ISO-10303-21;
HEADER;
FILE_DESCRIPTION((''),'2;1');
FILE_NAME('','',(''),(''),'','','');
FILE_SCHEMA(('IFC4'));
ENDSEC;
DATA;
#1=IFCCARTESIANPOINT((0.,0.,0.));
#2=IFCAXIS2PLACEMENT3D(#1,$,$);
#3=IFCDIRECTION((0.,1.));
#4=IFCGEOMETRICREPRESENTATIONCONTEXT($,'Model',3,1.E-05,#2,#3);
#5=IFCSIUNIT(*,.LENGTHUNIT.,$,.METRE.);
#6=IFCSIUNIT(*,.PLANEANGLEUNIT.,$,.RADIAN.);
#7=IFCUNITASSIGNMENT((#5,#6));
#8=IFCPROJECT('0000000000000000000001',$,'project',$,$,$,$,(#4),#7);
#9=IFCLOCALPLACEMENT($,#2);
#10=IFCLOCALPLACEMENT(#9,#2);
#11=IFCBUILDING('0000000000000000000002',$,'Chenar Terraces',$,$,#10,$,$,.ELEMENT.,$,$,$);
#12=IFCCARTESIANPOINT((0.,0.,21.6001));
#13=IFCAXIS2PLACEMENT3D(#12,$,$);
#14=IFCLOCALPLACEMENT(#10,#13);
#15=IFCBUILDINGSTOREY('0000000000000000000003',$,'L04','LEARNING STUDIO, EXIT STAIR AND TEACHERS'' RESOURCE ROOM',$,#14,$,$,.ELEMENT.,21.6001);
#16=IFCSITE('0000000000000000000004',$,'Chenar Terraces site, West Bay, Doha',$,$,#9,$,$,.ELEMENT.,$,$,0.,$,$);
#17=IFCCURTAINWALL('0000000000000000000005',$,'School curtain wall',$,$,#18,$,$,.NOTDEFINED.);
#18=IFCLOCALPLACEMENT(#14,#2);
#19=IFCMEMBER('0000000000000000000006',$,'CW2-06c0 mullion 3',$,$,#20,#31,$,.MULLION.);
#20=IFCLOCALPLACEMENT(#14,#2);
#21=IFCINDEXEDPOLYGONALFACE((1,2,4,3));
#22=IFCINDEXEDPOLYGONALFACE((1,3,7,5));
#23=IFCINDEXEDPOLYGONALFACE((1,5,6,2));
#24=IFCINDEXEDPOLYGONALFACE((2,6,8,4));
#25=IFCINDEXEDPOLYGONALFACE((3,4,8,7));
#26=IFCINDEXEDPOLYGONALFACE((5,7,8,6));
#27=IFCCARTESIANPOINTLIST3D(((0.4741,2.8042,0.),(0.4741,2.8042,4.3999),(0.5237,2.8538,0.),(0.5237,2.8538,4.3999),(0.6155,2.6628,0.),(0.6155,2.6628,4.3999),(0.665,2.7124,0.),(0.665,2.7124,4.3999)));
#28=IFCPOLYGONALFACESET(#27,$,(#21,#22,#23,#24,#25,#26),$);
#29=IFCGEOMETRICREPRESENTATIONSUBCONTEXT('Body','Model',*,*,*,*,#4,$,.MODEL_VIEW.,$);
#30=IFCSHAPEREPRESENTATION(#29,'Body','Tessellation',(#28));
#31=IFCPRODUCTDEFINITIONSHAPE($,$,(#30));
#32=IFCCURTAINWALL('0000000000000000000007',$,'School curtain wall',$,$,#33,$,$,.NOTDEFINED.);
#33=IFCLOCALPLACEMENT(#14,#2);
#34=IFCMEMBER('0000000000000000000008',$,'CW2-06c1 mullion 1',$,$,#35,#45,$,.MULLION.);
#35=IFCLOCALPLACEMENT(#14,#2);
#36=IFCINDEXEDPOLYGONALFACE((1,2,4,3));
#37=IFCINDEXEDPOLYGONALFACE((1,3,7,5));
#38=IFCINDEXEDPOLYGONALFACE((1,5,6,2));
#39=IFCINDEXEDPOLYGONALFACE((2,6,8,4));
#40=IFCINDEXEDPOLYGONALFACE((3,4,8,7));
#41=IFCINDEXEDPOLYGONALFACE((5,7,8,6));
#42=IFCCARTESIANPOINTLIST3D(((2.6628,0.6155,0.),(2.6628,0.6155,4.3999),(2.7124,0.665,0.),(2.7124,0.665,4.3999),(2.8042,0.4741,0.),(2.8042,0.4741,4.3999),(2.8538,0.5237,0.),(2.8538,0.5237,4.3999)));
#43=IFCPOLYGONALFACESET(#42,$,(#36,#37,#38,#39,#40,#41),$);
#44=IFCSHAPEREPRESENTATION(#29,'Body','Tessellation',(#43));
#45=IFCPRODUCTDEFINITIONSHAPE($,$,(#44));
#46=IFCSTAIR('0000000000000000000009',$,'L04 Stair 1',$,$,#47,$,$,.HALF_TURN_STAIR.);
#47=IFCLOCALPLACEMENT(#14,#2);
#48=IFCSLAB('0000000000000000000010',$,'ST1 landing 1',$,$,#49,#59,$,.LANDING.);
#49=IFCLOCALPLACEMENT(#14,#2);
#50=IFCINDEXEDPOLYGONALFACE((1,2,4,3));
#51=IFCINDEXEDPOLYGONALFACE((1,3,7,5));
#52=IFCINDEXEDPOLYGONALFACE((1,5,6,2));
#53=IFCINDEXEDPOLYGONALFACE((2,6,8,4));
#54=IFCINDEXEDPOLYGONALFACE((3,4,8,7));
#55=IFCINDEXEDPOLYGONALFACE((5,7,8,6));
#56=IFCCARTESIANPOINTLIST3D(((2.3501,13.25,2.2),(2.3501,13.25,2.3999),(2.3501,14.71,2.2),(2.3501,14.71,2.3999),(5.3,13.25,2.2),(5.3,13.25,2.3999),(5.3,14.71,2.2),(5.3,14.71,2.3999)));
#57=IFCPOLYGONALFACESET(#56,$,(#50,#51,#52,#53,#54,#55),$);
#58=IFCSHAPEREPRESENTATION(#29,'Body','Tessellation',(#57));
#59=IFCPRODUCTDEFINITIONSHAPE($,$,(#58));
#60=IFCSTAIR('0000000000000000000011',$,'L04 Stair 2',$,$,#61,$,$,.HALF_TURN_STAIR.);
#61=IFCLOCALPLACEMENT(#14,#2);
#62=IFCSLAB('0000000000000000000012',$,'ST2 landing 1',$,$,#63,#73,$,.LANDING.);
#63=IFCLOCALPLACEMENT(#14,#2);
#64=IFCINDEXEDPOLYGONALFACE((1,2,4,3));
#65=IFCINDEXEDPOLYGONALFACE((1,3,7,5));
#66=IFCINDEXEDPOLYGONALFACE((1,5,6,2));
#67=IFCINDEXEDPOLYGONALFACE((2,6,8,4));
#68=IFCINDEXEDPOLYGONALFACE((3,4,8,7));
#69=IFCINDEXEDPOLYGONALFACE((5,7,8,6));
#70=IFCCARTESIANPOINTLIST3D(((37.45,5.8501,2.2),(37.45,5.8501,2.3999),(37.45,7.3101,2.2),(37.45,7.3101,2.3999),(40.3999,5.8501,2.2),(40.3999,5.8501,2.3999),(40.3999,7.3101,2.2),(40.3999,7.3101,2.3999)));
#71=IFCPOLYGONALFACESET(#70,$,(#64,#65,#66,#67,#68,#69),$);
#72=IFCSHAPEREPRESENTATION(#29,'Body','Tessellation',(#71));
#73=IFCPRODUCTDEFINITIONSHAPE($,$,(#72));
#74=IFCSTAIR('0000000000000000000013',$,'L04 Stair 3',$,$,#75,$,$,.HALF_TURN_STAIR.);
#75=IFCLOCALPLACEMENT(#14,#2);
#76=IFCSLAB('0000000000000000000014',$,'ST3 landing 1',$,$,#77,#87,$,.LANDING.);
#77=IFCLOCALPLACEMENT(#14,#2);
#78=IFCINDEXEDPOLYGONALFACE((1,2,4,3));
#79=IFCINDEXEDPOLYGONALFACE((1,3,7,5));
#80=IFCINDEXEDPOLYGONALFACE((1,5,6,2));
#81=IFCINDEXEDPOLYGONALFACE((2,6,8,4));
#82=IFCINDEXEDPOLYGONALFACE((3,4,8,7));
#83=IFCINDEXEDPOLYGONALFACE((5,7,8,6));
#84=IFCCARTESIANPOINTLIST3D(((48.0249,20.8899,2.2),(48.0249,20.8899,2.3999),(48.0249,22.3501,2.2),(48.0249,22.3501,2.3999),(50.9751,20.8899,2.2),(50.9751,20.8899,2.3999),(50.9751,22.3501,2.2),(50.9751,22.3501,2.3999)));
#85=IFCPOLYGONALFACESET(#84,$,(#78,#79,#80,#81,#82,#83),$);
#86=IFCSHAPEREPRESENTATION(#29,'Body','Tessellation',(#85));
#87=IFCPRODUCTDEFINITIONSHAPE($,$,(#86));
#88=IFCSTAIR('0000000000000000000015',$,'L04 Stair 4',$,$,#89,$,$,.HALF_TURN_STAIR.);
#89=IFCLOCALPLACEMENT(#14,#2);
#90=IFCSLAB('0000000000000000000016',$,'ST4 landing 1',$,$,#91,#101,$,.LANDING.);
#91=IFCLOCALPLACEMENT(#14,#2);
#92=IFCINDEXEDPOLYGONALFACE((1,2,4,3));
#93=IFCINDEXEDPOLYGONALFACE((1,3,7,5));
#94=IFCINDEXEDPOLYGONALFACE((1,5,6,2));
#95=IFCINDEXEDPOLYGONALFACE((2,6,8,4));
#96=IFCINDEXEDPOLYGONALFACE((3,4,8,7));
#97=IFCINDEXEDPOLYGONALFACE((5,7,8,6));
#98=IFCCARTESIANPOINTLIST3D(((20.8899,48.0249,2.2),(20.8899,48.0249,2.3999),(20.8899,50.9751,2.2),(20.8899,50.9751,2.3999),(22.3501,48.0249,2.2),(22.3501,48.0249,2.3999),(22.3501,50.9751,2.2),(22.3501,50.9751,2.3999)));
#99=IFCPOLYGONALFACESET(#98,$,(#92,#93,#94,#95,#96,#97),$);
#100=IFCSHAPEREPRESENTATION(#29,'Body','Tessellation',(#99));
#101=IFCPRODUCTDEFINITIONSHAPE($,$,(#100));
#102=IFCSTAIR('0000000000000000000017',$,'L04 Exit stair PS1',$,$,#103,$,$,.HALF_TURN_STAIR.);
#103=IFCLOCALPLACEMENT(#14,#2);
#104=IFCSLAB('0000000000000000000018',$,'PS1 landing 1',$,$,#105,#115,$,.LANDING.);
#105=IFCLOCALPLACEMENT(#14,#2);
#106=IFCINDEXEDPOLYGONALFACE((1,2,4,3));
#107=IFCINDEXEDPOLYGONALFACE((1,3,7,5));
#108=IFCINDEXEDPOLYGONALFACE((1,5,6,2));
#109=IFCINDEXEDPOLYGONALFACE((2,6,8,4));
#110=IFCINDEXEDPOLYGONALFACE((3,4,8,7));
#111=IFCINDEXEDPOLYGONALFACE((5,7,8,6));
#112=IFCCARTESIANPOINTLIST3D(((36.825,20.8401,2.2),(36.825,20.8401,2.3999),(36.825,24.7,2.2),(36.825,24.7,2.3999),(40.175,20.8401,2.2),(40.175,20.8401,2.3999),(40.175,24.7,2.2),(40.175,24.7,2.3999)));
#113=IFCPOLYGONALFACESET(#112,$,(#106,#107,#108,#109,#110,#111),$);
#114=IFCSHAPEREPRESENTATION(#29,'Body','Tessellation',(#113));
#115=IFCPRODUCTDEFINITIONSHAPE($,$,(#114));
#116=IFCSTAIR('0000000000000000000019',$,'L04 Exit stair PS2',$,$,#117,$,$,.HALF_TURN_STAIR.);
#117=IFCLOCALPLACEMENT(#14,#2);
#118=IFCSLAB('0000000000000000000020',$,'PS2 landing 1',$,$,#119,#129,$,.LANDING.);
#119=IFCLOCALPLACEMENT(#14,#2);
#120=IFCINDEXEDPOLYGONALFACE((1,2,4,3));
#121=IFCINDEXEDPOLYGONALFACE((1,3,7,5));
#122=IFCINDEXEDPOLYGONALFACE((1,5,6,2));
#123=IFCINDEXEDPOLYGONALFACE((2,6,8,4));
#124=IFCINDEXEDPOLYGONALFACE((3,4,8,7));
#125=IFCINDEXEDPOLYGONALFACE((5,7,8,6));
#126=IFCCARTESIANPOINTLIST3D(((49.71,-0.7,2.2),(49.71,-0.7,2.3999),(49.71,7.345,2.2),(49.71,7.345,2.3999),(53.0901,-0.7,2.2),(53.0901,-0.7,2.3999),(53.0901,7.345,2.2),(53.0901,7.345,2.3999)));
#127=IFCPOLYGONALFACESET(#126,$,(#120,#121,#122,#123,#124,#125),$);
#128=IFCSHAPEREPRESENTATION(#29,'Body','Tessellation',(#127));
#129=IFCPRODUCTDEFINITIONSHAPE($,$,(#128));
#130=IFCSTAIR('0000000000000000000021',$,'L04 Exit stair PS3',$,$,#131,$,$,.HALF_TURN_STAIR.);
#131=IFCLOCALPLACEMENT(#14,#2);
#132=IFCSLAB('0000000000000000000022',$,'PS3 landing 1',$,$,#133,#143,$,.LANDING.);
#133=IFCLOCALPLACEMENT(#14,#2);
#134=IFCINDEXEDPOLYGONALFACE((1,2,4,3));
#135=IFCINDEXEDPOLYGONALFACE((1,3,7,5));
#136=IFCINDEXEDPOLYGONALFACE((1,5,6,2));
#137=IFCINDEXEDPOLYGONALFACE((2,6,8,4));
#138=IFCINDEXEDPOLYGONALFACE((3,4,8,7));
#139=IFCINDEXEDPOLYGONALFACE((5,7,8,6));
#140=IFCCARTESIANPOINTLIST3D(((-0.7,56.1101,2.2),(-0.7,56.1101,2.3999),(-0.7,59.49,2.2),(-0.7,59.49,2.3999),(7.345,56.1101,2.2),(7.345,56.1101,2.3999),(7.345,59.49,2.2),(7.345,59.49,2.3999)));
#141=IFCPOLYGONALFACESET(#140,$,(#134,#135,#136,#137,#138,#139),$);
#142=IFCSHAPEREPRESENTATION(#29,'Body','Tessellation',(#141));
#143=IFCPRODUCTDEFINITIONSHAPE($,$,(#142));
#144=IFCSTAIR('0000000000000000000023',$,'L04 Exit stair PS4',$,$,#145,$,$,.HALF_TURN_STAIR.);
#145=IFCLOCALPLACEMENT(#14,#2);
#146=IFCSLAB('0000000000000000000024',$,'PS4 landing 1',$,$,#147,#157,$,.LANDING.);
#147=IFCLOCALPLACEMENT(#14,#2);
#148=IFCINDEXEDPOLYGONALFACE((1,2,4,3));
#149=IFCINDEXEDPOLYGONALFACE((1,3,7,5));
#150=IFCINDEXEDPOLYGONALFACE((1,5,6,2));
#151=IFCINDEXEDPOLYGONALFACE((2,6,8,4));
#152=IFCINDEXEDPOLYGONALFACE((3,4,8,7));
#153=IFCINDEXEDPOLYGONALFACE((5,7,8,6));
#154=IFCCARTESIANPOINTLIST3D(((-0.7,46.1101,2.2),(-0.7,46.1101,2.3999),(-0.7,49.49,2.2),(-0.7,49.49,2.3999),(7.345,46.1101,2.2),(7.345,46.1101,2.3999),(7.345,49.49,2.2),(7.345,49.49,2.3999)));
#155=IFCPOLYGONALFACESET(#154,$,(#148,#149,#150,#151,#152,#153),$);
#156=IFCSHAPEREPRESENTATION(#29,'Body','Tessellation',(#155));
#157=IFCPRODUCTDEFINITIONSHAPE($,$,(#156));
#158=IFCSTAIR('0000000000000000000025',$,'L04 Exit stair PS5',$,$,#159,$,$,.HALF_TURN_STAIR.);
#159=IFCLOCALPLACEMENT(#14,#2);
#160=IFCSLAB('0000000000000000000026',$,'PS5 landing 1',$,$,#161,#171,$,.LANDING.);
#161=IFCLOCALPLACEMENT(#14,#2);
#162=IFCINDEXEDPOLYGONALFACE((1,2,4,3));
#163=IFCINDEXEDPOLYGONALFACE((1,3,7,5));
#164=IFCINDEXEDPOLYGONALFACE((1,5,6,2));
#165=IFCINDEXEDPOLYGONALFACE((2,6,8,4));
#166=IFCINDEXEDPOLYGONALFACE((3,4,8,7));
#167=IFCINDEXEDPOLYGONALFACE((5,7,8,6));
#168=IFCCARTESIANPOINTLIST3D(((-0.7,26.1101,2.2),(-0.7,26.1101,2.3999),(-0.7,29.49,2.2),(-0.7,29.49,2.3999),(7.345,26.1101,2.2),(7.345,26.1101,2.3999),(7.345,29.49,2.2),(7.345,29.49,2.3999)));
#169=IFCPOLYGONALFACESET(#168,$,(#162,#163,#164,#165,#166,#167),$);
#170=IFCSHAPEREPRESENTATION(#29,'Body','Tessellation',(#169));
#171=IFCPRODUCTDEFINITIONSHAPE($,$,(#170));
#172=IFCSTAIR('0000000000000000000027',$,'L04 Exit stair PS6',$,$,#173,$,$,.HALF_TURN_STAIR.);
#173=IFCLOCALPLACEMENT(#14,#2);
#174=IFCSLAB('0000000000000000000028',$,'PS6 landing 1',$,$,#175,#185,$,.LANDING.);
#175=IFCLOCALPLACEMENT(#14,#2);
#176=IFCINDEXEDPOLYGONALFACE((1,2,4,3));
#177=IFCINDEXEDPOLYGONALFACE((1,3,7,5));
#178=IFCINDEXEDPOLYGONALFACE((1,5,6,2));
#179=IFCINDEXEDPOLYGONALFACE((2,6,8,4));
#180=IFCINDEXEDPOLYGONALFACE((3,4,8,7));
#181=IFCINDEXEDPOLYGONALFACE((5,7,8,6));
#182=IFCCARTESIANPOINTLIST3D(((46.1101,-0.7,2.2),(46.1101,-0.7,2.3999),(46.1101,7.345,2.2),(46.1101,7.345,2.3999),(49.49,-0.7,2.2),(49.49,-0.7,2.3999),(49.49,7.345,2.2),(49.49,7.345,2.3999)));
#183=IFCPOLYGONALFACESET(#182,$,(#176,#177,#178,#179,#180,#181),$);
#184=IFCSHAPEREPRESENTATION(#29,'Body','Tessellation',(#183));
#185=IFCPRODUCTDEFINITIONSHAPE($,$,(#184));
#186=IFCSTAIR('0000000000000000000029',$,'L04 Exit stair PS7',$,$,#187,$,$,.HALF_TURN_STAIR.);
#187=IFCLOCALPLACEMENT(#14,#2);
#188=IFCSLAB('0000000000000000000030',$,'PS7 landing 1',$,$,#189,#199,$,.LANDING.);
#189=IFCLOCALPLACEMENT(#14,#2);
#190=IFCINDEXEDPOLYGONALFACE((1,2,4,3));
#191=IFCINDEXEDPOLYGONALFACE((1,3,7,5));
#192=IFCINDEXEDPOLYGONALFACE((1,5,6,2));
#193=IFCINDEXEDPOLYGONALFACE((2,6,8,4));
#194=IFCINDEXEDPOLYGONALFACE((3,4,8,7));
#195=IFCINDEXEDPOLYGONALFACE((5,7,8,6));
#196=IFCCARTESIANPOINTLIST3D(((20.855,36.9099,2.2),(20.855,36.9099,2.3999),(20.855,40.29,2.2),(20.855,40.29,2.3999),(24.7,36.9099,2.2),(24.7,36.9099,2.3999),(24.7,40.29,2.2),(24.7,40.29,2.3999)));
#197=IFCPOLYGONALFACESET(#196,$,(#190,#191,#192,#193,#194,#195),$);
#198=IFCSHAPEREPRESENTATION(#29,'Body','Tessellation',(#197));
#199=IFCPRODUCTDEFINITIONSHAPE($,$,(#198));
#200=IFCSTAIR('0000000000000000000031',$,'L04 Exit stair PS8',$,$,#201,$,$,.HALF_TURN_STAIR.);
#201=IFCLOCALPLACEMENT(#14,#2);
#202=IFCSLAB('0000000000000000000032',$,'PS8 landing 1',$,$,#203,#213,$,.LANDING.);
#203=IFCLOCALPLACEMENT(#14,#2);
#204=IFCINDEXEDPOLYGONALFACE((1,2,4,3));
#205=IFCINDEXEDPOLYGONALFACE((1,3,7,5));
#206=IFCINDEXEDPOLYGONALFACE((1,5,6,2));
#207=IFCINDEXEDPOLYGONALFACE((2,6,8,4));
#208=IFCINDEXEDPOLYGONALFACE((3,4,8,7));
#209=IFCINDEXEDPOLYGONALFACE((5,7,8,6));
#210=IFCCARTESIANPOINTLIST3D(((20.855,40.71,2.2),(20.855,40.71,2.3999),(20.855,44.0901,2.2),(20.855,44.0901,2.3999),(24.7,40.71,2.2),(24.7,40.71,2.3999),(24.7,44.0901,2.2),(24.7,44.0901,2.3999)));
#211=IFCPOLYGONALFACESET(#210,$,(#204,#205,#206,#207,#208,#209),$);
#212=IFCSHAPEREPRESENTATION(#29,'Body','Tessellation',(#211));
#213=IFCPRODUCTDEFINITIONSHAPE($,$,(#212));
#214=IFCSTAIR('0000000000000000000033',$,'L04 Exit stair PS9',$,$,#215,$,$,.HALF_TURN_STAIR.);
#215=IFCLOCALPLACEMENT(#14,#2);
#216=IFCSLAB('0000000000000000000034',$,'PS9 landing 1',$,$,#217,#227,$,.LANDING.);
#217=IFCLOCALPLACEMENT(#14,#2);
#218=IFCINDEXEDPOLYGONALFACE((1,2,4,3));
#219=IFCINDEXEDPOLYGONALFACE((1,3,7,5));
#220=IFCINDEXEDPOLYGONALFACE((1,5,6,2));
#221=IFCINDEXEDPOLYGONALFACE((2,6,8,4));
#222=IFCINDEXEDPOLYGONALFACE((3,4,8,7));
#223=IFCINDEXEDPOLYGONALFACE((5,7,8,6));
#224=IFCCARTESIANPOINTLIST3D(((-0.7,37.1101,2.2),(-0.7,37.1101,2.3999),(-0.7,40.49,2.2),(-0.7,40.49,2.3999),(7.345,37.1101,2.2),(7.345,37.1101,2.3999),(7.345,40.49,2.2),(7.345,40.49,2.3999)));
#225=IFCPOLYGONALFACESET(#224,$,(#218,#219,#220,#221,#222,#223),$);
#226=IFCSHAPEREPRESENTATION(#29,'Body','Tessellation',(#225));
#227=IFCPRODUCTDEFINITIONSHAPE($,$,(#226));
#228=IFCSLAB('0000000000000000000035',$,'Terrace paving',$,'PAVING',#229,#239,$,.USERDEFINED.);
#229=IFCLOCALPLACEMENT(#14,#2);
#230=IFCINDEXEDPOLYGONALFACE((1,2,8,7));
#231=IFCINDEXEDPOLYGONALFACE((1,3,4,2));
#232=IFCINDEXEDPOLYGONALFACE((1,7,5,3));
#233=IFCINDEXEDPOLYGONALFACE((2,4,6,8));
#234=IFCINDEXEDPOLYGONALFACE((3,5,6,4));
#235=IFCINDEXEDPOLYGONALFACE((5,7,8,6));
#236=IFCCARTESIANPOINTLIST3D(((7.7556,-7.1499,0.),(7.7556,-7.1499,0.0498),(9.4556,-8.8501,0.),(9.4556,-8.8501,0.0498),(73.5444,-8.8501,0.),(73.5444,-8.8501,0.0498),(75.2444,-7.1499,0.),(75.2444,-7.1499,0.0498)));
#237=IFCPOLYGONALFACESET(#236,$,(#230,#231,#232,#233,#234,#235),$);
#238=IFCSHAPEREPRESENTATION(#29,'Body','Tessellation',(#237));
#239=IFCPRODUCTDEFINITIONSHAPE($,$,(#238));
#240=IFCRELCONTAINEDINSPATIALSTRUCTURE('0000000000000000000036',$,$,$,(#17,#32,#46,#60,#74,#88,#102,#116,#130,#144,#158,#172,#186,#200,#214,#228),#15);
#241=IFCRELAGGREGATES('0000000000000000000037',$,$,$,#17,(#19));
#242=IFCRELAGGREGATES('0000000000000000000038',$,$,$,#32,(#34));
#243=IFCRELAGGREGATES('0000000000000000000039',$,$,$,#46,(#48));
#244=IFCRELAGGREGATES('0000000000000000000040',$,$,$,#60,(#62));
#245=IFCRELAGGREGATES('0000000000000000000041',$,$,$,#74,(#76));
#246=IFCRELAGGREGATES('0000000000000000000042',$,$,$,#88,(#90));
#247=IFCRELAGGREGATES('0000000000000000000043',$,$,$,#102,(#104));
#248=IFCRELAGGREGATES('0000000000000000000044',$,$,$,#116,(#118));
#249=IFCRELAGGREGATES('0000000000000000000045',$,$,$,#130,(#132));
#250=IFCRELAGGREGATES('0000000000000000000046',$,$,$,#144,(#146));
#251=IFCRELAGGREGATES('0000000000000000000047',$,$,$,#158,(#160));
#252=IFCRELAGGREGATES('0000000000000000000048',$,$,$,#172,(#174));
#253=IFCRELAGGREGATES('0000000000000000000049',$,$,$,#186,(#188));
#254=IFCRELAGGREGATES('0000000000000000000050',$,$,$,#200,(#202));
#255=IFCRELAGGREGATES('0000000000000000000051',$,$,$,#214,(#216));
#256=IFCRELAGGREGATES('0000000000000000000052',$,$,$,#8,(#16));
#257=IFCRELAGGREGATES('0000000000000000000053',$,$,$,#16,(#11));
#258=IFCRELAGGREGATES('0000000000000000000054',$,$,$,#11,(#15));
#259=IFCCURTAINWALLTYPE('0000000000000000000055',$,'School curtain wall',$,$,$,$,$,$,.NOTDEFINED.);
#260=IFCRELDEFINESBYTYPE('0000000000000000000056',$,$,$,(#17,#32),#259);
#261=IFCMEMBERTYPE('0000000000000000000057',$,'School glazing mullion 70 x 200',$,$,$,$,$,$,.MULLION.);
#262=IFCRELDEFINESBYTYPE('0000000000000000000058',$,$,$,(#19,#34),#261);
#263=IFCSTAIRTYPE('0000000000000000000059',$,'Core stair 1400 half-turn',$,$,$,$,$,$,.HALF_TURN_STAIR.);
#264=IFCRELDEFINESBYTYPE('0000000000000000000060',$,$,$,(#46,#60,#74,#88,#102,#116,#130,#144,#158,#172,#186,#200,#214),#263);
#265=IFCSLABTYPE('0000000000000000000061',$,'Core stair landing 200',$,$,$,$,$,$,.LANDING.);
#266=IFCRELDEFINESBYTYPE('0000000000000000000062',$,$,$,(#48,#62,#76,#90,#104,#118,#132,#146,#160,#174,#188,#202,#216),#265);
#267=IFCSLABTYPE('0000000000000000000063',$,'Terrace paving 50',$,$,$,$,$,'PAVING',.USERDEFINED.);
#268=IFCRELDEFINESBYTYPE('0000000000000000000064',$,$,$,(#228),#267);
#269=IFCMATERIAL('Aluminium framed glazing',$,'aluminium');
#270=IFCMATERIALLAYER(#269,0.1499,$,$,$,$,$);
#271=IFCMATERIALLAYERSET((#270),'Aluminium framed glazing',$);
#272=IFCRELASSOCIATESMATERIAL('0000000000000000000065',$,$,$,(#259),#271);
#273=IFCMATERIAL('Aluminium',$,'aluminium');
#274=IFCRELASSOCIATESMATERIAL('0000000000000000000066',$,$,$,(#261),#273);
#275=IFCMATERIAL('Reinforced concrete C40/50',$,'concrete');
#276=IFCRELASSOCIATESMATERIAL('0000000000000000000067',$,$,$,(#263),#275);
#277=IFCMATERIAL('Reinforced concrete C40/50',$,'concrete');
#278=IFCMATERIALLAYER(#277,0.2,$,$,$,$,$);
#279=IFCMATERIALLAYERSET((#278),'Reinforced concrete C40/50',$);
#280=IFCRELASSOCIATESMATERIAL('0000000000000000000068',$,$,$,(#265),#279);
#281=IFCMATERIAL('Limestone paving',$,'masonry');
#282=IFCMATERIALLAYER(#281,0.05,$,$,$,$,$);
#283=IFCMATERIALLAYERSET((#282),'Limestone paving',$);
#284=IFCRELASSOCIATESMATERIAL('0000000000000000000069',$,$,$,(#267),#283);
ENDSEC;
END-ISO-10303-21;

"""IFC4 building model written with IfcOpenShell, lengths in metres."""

from ifc_helpers import new_model, si_unit, direction, frame, origin, origin_2d, place, context, subcontext, project, spatial, polyline, rectangle, outline, extrude, material, layer, layer_set, material_profile, profile_set, type_object, element, aggregate, save


model = new_model("IFC4")

# Units and contexts
model_context = context("Model", 3, precision=1e-05, world=origin(), true_north=direction((0.0, 1.0)))
body_context = subcontext(model_context, "Body", "Model", "MODEL_VIEW")
ifc_project = project(units=[si_unit("LENGTHUNIT", "METRE"), si_unit("PLANEANGLEUNIT", "RADIAN")], contexts=[model_context])

# Site, building, storey
site_placement = place(None, origin())
site = spatial("IfcSite", under=ifc_project, at=site_placement, Name="Chenar Terraces site, West Bay, Doha", CompositionType="ELEMENT", RefElevation=0.0)
building_placement = place(site_placement, origin())
building = spatial("IfcBuilding", under=site, at=building_placement, Name="Chenar Terraces", CompositionType="ELEMENT")
storey_placement = place(building_placement, frame((0.0, 0.0, 21.6001)))
storey = spatial("IfcBuildingStorey", under=building, at=storey_placement, Name="L04", Description="LEARNING STUDIO, EXIT STAIR AND TEACHERS' RESOURCE ROOM", CompositionType="ELEMENT", Elevation=21.6001)

# Curtain walls, members
ifc_material_1 = material(Name="Aluminium framed glazing", Category="aluminium")
ifc_layer_1 = layer(ifc_material_1, 0.1499)
ifc_layer_set_1 = layer_set([ifc_layer_1], Name="Aluminium framed glazing")
curtain_wall_type = type_object("IfcCurtainWallType", Name="School curtain wall", PredefinedType="NOTDEFINED", material=ifc_layer_set_1)
placement_1 = place(storey_placement, origin())
curtain_wall_1 = element("IfcCurtainWall", 1, at=placement_1, inside=storey, type_object=curtain_wall_type, Name="School curtain wall", PredefinedType="NOTDEFINED")
ifc_material_2 = material(Name="Aluminium", Category="aluminium")
ifc_material_profile = material_profile(ifc_material_2, rectangle(XDim=0.0701, YDim=0.2, at=origin_2d()), Name="School glazing mullion 70 x 200")
ifc_profile_set = profile_set([ifc_material_profile], Name="Aluminium")
member_type = type_object("IfcMemberType", Name="School glazing mullion 70 x 200", PredefinedType="MULLION", material=ifc_profile_set)
member_1_placement = place(storey_placement, frame((0.5696, 2.7583, 0.0), z_axis=(0.0, 0.0, 1.0), x_axis=(0.707107, 0.707107, 0.0)))
member_1 = element("IfcMember", 2, at=member_1_placement, type_object=member_type, Name="CW2-06c0 mullion 3", PredefinedType="MULLION", context=body_context, shape_type="SweptSolid", body=[
    extrude(rectangle(XDim=0.0701, YDim=0.2, at=origin_2d()), origin(), (0.0, 0.0, 1.0), 4.3999),
])
aggregate(curtain_wall_1, [member_1])
curtain_wall_2 = element("IfcCurtainWall", 3, at=placement_1, inside=storey, type_object=curtain_wall_type, Name="School curtain wall", PredefinedType="NOTDEFINED")
member_2_placement = place(storey_placement, frame((2.7583, 0.5696, 0.0), z_axis=(0.0, 0.0, 1.0), x_axis=(0.707107, 0.707107, 0.0)))
member_2 = element("IfcMember", 4, at=member_2_placement, type_object=member_type, Name="CW2-06c1 mullion 1", PredefinedType="MULLION", context=body_context, shape_type="SweptSolid", body=[
    extrude(rectangle(XDim=0.0701, YDim=0.2, at=origin_2d()), origin(), (0.0, 0.0, 1.0), 4.3999),
])
aggregate(curtain_wall_2, [member_2])

# Stairs, slabs
ifc_material_3 = material(Name="Reinforced concrete C40/50", Category="concrete")
stair_type = type_object("IfcStairType", Name="Core stair 1400 half-turn", PredefinedType="HALF_TURN_STAIR", material=ifc_material_3)
stair_1 = element("IfcStair", 5, at=placement_1, inside=storey, type_object=stair_type, Name="L04 Stair 1", PredefinedType="HALF_TURN_STAIR")
ifc_material_4 = material(Name="Reinforced concrete C40/50", Category="concrete")
ifc_layer_2 = layer(ifc_material_4, 0.2)
ifc_layer_set_2 = layer_set([ifc_layer_2], Name="Reinforced concrete C40/50")
slab_type_1 = type_object("IfcSlabType", Name="Core stair landing 200", PredefinedType="LANDING", material=ifc_layer_set_2)
placement_2 = place(storey_placement, frame((0.0, 0.0, 2.2)))
slab_1 = element("IfcSlab", 6, at=placement_2, type_object=slab_type_1, Name="ST1 landing 1", PredefinedType="LANDING", context=body_context, shape_type="SweptSolid", body=[
    extrude(outline(polyline([(2.3501, 14.71), (2.3501, 13.25), (5.3, 13.25), (5.3, 14.71), (2.3501, 14.71)])), origin(), (0.0, 0.0, 1.0), 0.2),
])
aggregate(stair_1, [slab_1])
stair_2 = element("IfcStair", 7, at=placement_1, inside=storey, type_object=stair_type, Name="L04 Stair 2", PredefinedType="HALF_TURN_STAIR")
slab_2 = element("IfcSlab", 8, at=placement_2, type_object=slab_type_1, Name="ST2 landing 1", PredefinedType="LANDING", context=body_context, shape_type="SweptSolid", body=[
    extrude(outline(polyline([(37.45, 7.3101), (37.45, 5.8501), (40.3999, 5.8501), (40.3999, 7.3101), (37.45, 7.3101)])), origin(), (0.0, 0.0, 1.0), 0.2),
])
aggregate(stair_2, [slab_2])
stair_3 = element("IfcStair", 9, at=placement_1, inside=storey, type_object=stair_type, Name="L04 Stair 3", PredefinedType="HALF_TURN_STAIR")
slab_3 = element("IfcSlab", 10, at=placement_2, type_object=slab_type_1, Name="ST3 landing 1", PredefinedType="LANDING", context=body_context, shape_type="SweptSolid", body=[
    extrude(outline(polyline([(50.9751, 20.8899), (50.9751, 22.3501), (48.0249, 22.3501), (48.0249, 20.8899), (50.9751, 20.8899)])), origin(), (0.0, 0.0, 1.0), 0.2),
])
aggregate(stair_3, [slab_3])
stair_4 = element("IfcStair", 11, at=placement_1, inside=storey, type_object=stair_type, Name="L04 Stair 4", PredefinedType="HALF_TURN_STAIR")
slab_4 = element("IfcSlab", 12, at=placement_2, type_object=slab_type_1, Name="ST4 landing 1", PredefinedType="LANDING", context=body_context, shape_type="SweptSolid", body=[
    extrude(outline(polyline([(20.8899, 48.0249), (22.3501, 48.0249), (22.3501, 50.9751), (20.8899, 50.9751), (20.8899, 48.0249)])), origin(), (0.0, 0.0, 1.0), 0.2),
])
aggregate(stair_4, [slab_4])
stair_5 = element("IfcStair", 13, at=placement_1, inside=storey, type_object=stair_type, Name="L04 Exit stair PS1", PredefinedType="HALF_TURN_STAIR")
slab_5 = element("IfcSlab", 14, at=placement_2, type_object=slab_type_1, Name="PS1 landing 1", PredefinedType="LANDING", context=body_context, shape_type="SweptSolid", body=[
    extrude(outline(polyline([(40.175, 20.8401), (40.175, 24.7), (36.825, 24.7), (36.825, 20.8401), (40.175, 20.8401)])), origin(), (0.0, 0.0, 1.0), 0.2),
])
aggregate(stair_5, [slab_5])
stair_6 = element("IfcStair", 15, at=placement_1, inside=storey, type_object=stair_type, Name="L04 Exit stair PS2", PredefinedType="HALF_TURN_STAIR")
slab_6 = element("IfcSlab", 16, at=placement_2, type_object=slab_type_1, Name="PS2 landing 1", PredefinedType="LANDING", context=body_context, shape_type="SweptSolid", body=[
    extrude(outline(polyline([(49.71, 7.345), (49.71, -0.7), (53.0901, -0.7), (53.0901, 7.345), (49.71, 7.345)])), origin(), (0.0, 0.0, 1.0), 0.2),
])
aggregate(stair_6, [slab_6])
stair_7 = element("IfcStair", 17, at=placement_1, inside=storey, type_object=stair_type, Name="L04 Exit stair PS3", PredefinedType="HALF_TURN_STAIR")
slab_7 = element("IfcSlab", 18, at=placement_2, type_object=slab_type_1, Name="PS3 landing 1", PredefinedType="LANDING", context=body_context, shape_type="SweptSolid", body=[
    extrude(outline(polyline([(7.345, 59.49), (-0.7, 59.49), (-0.7, 56.1101), (7.345, 56.1101), (7.345, 59.49)])), origin(), (0.0, 0.0, 1.0), 0.2),
])
aggregate(stair_7, [slab_7])
stair_8 = element("IfcStair", 19, at=placement_1, inside=storey, type_object=stair_type, Name="L04 Exit stair PS4", PredefinedType="HALF_TURN_STAIR")
slab_8 = element("IfcSlab", 20, at=placement_2, type_object=slab_type_1, Name="PS4 landing 1", PredefinedType="LANDING", context=body_context, shape_type="SweptSolid", body=[
    extrude(outline(polyline([(7.345, 49.49), (-0.7, 49.49), (-0.7, 46.1101), (7.345, 46.1101), (7.345, 49.49)])), origin(), (0.0, 0.0, 1.0), 0.2),
])
aggregate(stair_8, [slab_8])
stair_9 = element("IfcStair", 21, at=placement_1, inside=storey, type_object=stair_type, Name="L04 Exit stair PS5", PredefinedType="HALF_TURN_STAIR")
slab_9 = element("IfcSlab", 22, at=placement_2, type_object=slab_type_1, Name="PS5 landing 1", PredefinedType="LANDING", context=body_context, shape_type="SweptSolid", body=[
    extrude(outline(polyline([(7.345, 29.49), (-0.7, 29.49), (-0.7, 26.1101), (7.345, 26.1101), (7.345, 29.49)])), origin(), (0.0, 0.0, 1.0), 0.2),
])
aggregate(stair_9, [slab_9])
stair_10 = element("IfcStair", 23, at=placement_1, inside=storey, type_object=stair_type, Name="L04 Exit stair PS6", PredefinedType="HALF_TURN_STAIR")
slab_10 = element("IfcSlab", 24, at=placement_2, type_object=slab_type_1, Name="PS6 landing 1", PredefinedType="LANDING", context=body_context, shape_type="SweptSolid", body=[
    extrude(outline(polyline([(46.1101, 7.345), (46.1101, -0.7), (49.49, -0.7), (49.49, 7.345), (46.1101, 7.345)])), origin(), (0.0, 0.0, 1.0), 0.2),
])
aggregate(stair_10, [slab_10])
stair_11 = element("IfcStair", 25, at=placement_1, inside=storey, type_object=stair_type, Name="L04 Exit stair PS7", PredefinedType="HALF_TURN_STAIR")
slab_11 = element("IfcSlab", 26, at=placement_2, type_object=slab_type_1, Name="PS7 landing 1", PredefinedType="LANDING", context=body_context, shape_type="SweptSolid", body=[
    extrude(outline(polyline([(20.855, 36.9099), (24.7, 36.9099), (24.7, 40.29), (20.855, 40.29), (20.855, 36.9099)])), origin(), (0.0, 0.0, 1.0), 0.2),
])
aggregate(stair_11, [slab_11])
stair_12 = element("IfcStair", 27, at=placement_1, inside=storey, type_object=stair_type, Name="L04 Exit stair PS8", PredefinedType="HALF_TURN_STAIR")
slab_12 = element("IfcSlab", 28, at=placement_2, type_object=slab_type_1, Name="PS8 landing 1", PredefinedType="LANDING", context=body_context, shape_type="SweptSolid", body=[
    extrude(outline(polyline([(20.855, 40.71), (24.7, 40.71), (24.7, 44.0901), (20.855, 44.0901), (20.855, 40.71)])), origin(), (0.0, 0.0, 1.0), 0.2),
])
aggregate(stair_12, [slab_12])
stair_13 = element("IfcStair", 29, at=placement_1, inside=storey, type_object=stair_type, Name="L04 Exit stair PS9", PredefinedType="HALF_TURN_STAIR")
slab_13 = element("IfcSlab", 30, at=placement_2, type_object=slab_type_1, Name="PS9 landing 1", PredefinedType="LANDING", context=body_context, shape_type="SweptSolid", body=[
    extrude(outline(polyline([(7.345, 40.49), (-0.7, 40.49), (-0.7, 37.1101), (7.345, 37.1101), (7.345, 40.49)])), origin(), (0.0, 0.0, 1.0), 0.2),
])
aggregate(stair_13, [slab_13])

# Slab
ifc_material_5 = material(Name="Limestone paving", Category="masonry")
ifc_layer_3 = layer(ifc_material_5, 0.05)
ifc_layer_set_3 = layer_set([ifc_layer_3], Name="Limestone paving")
slab_type_2 = type_object("IfcSlabType", Name="Terrace paving 50", ElementType="PAVING", PredefinedType="USERDEFINED", material=ifc_layer_set_3)
element("IfcSlab", 31, at=placement_1, inside=storey, type_object=slab_type_2, Name="Terrace paving", ObjectType="PAVING", PredefinedType="USERDEFINED", context=body_context, shape_type="SweptSolid", body=[
    extrude(outline(polyline([(73.5444, -8.8501), (9.4556, -8.8501), (7.7556, -7.1499), (75.2444, -7.1499), (73.5444, -8.8501)])), origin(), (0.0, 0.0, 1.0), 0.0498),
])

save(model, "model.ifc")
